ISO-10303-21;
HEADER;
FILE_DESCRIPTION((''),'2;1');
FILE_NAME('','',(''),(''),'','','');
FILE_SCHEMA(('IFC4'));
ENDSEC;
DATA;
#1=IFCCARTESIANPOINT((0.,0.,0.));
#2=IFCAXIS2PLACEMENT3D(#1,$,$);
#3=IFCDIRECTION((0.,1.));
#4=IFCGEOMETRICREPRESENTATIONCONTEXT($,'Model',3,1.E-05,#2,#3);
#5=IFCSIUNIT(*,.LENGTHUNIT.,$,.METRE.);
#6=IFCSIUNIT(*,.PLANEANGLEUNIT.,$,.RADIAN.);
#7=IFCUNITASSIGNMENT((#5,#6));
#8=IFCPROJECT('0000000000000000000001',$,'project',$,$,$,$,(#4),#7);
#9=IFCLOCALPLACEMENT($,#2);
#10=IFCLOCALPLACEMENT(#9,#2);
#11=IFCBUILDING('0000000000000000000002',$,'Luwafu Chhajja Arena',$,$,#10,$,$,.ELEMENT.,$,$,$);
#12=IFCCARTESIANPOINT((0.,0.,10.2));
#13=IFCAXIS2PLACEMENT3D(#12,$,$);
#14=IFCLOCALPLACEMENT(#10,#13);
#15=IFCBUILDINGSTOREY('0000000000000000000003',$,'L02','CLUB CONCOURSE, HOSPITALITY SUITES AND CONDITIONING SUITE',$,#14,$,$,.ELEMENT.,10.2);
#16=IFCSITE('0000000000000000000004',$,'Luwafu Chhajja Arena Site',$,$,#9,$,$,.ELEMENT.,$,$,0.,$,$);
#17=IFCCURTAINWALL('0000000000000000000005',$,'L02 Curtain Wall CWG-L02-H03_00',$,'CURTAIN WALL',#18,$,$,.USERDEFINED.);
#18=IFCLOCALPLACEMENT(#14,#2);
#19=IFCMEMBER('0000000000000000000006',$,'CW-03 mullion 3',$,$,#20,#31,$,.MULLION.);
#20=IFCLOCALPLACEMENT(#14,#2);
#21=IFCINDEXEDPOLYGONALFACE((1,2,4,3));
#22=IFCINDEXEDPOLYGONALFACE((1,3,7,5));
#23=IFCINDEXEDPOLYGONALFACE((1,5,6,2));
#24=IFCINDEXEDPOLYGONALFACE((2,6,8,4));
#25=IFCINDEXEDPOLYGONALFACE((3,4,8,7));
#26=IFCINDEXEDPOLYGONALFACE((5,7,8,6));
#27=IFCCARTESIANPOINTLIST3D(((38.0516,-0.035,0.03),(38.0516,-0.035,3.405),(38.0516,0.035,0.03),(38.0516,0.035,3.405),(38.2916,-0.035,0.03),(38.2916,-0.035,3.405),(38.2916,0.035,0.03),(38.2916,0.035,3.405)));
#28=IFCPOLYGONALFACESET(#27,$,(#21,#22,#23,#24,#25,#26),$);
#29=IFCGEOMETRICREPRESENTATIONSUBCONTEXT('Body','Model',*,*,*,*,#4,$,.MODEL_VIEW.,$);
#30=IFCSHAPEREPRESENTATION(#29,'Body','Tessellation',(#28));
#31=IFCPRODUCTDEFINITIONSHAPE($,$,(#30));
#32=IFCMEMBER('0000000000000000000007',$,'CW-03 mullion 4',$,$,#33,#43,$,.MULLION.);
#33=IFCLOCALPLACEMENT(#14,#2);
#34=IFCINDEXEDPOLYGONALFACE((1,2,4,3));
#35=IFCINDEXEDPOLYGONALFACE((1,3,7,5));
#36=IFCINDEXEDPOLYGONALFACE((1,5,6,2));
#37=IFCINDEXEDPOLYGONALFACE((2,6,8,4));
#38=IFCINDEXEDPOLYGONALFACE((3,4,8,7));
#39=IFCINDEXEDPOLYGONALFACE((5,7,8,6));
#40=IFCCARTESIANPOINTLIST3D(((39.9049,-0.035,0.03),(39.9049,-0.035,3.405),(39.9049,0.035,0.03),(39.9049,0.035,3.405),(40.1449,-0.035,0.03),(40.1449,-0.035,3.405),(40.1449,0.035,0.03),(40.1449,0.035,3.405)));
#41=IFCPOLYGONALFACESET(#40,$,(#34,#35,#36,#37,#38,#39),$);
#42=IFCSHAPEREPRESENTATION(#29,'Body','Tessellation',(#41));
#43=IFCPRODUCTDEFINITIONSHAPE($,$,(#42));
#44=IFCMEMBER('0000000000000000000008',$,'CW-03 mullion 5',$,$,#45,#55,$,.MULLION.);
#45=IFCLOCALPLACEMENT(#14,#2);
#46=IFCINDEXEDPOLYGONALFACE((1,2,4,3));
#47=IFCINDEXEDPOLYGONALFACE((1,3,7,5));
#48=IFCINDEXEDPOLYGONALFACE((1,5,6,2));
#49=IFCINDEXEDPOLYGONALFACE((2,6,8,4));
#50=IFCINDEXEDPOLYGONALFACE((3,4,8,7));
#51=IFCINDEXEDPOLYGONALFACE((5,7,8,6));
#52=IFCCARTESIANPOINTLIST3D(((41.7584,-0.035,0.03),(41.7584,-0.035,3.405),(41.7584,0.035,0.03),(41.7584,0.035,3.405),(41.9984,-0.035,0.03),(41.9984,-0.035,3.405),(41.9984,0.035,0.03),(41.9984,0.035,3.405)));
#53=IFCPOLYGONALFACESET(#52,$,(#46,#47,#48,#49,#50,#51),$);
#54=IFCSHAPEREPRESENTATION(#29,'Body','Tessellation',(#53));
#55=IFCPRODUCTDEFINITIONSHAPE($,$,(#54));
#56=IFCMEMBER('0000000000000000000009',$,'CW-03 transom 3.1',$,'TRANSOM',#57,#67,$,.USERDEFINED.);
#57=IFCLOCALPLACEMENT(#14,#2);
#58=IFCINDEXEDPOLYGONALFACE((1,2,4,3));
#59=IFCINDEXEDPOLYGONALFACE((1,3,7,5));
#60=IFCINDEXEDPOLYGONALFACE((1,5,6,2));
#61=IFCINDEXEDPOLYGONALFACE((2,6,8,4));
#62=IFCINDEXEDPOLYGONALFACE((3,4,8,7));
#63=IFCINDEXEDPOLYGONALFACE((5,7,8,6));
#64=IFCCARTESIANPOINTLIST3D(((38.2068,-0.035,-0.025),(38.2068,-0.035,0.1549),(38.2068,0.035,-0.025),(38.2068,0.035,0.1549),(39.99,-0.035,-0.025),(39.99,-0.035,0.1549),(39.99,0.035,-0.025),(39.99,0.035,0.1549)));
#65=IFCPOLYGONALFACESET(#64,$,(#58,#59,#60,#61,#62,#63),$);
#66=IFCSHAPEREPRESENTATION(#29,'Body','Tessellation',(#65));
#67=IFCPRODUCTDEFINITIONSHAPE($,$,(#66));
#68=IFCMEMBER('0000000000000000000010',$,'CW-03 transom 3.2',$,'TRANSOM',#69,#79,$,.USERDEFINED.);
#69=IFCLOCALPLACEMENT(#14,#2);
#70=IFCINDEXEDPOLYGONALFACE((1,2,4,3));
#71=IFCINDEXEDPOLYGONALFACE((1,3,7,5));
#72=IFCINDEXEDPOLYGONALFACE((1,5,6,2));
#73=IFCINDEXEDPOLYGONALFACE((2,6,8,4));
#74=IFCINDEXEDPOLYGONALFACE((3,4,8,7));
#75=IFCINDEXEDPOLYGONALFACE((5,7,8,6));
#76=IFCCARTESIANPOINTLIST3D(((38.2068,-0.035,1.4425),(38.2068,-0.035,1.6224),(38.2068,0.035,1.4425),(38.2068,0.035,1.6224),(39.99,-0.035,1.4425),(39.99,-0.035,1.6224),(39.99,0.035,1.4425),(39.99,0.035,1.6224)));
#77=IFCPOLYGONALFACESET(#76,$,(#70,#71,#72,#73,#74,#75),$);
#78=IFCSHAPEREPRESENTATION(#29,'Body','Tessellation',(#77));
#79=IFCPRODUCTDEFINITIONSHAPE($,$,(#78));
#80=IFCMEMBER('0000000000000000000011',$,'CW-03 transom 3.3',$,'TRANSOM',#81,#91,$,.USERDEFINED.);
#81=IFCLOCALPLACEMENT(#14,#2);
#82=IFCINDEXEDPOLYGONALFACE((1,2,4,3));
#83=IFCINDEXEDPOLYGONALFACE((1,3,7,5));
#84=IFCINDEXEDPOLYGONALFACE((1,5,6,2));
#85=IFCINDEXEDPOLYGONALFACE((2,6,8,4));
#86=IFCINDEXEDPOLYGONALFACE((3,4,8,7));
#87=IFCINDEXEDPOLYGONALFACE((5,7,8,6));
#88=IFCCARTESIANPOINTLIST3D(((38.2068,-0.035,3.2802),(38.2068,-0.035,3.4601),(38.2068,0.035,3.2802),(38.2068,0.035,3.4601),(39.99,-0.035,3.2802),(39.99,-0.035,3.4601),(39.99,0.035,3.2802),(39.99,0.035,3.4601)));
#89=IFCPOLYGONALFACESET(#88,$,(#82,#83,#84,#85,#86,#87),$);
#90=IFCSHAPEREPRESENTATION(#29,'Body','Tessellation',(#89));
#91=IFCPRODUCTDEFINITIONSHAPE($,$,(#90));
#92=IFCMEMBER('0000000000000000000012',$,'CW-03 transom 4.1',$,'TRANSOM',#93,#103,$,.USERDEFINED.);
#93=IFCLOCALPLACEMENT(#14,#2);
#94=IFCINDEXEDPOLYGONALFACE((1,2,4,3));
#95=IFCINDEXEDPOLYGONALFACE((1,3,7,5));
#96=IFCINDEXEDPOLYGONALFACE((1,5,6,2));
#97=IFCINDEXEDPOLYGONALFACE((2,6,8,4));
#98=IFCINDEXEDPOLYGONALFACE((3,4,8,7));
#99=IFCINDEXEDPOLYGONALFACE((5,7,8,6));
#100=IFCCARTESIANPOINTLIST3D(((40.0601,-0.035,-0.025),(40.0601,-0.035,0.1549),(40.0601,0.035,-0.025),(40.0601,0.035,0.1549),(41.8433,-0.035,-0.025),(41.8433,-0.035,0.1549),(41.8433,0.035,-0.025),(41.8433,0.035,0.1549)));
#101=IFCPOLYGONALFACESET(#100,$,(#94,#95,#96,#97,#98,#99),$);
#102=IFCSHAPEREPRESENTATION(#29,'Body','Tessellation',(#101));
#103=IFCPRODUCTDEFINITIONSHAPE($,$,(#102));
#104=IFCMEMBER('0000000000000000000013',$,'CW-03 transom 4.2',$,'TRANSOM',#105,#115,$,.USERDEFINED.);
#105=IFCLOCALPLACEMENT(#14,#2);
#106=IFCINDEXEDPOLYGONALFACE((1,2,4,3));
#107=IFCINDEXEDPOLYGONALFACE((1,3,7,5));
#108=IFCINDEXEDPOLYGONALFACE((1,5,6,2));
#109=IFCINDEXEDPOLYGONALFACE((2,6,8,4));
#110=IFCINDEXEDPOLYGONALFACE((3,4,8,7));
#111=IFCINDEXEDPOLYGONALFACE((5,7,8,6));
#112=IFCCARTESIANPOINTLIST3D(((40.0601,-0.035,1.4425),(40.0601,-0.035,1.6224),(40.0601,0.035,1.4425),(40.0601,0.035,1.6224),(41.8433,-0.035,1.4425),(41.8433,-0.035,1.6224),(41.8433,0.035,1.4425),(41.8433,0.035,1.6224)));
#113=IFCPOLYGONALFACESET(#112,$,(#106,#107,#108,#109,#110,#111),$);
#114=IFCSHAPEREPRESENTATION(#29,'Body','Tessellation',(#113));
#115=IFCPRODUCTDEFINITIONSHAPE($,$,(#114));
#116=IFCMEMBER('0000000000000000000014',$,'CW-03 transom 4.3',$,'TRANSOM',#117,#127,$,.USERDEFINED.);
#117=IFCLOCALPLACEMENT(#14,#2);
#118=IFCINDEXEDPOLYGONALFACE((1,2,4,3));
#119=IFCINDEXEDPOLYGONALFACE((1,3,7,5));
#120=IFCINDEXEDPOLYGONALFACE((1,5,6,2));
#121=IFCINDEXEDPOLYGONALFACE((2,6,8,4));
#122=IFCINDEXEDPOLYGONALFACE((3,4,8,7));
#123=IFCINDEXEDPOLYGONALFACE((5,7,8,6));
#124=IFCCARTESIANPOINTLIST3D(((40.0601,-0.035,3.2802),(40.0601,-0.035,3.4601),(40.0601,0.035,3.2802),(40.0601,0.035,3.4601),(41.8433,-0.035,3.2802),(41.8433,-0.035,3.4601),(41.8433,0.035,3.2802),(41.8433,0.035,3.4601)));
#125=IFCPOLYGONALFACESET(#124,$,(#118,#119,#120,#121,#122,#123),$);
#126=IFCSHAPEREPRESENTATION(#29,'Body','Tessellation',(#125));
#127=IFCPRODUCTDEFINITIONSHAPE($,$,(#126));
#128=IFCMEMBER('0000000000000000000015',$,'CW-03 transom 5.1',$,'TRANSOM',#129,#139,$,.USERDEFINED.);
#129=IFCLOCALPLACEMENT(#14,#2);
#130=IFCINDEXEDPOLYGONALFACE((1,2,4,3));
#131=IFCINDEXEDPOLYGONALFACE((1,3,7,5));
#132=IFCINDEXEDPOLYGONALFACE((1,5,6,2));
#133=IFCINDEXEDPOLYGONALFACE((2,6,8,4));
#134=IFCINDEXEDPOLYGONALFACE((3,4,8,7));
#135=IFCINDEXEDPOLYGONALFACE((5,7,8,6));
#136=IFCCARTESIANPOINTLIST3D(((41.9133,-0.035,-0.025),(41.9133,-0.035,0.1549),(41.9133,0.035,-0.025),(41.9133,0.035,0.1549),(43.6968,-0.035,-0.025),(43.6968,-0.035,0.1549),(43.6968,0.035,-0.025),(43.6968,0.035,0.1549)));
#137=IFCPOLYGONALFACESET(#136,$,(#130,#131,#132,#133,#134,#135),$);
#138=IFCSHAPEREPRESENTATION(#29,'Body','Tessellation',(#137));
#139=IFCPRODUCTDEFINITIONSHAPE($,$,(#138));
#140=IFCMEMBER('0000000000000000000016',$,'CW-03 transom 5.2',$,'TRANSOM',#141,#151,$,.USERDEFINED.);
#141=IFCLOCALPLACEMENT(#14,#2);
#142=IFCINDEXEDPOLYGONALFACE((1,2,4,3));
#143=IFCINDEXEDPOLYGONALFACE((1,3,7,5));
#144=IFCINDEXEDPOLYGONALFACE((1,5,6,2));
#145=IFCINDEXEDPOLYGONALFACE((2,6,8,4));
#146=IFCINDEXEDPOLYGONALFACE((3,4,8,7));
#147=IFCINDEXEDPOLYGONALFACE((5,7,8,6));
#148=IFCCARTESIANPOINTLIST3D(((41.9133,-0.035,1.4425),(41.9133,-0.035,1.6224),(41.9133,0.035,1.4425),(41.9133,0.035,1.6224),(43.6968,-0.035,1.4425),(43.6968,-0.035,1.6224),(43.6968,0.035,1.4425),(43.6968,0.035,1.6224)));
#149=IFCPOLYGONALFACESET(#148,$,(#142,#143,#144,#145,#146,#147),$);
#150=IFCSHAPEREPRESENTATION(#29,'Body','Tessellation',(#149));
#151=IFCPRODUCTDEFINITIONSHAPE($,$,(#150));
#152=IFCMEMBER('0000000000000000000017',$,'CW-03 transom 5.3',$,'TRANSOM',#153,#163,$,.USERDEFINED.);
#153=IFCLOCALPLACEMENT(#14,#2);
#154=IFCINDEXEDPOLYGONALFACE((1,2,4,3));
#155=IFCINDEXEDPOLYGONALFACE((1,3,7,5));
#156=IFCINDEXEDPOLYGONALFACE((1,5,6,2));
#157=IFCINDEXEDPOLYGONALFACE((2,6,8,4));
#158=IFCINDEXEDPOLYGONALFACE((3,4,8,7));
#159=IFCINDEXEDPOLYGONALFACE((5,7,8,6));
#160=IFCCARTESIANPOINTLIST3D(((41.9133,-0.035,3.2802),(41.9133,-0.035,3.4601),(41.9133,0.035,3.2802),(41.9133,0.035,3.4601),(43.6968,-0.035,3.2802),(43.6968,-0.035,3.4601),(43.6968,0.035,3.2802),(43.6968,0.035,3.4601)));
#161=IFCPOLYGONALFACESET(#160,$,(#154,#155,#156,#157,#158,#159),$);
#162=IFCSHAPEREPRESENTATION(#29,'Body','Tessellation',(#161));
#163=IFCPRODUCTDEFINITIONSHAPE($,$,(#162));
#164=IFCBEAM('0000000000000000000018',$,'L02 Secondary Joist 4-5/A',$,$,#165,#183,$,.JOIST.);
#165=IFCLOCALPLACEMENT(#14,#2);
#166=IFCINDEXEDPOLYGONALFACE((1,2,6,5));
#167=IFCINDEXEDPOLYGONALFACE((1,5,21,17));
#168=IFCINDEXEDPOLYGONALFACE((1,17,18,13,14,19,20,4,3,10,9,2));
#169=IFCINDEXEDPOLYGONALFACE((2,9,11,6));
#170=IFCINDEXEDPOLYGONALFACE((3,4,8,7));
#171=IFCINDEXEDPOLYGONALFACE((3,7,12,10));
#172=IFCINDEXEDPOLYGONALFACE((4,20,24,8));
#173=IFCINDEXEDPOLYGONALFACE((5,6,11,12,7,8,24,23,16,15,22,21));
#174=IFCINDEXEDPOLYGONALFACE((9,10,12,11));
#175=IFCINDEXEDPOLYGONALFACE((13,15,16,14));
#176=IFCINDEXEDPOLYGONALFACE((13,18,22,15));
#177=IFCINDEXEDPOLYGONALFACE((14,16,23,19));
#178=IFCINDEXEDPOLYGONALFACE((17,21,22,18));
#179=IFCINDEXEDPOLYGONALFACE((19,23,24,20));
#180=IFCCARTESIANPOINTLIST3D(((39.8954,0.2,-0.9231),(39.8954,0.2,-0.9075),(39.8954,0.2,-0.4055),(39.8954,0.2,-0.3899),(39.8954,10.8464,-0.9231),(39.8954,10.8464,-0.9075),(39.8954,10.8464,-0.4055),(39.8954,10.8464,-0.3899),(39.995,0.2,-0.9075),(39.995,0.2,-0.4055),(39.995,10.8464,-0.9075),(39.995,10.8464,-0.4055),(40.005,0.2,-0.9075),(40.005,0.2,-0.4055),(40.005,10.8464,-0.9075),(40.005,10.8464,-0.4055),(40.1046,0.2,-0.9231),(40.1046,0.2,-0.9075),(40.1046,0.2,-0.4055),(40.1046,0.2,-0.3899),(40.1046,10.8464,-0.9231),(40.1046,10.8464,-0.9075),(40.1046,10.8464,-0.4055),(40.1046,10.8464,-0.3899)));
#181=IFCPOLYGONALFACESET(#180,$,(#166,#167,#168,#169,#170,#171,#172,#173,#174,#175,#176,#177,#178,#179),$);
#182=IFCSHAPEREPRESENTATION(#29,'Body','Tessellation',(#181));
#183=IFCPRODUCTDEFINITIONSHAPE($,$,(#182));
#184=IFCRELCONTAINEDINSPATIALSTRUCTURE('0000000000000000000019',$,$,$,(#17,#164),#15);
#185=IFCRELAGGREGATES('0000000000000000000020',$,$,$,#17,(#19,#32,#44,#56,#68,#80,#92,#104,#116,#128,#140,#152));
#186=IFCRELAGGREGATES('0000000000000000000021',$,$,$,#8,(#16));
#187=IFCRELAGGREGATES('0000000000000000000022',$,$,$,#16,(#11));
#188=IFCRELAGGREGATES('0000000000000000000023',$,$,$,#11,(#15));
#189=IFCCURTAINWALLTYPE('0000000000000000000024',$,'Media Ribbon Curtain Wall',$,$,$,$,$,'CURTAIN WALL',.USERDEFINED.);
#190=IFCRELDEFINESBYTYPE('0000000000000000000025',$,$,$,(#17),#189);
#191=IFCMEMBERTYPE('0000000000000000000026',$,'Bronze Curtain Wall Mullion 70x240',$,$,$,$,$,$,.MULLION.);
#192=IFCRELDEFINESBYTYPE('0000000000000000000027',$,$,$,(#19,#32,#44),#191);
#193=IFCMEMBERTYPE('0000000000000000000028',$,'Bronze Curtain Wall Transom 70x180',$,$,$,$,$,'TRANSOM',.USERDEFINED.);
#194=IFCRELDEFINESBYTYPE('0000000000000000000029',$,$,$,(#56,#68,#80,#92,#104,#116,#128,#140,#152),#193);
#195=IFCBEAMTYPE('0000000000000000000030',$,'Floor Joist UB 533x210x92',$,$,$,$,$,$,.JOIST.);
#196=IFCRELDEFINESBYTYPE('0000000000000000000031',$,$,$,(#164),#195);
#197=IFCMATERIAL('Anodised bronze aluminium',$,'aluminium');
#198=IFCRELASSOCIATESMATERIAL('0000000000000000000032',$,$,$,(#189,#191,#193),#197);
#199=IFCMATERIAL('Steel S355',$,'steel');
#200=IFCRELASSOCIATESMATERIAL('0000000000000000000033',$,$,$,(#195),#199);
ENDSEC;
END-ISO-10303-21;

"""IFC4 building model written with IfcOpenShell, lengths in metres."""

from ifc_helpers import new_model, si_unit, direction, frame, origin, origin_2d, place, context, subcontext, project, spatial, rectangle, i_section, extrude, material, material_profile, profile_set, type_object, element, aggregate, save


model = new_model("IFC4")

# Units and contexts
model_context = context("Model", 3, precision=1e-05, world=origin(), true_north=direction((0.0, 1.0)))
body_context = subcontext(model_context, "Body", "Model", "MODEL_VIEW")
ifc_project = project(units=[si_unit("LENGTHUNIT", "METRE"), si_unit("PLANEANGLEUNIT", "RADIAN")], contexts=[model_context])

# Site, building, storey
site_placement = place(None, origin())
site = spatial("IfcSite", under=ifc_project, at=site_placement, Name="Luwafu Chhajja Arena Site", CompositionType="ELEMENT", RefElevation=0.0)
building_placement = place(site_placement, origin())
building = spatial("IfcBuilding", under=site, at=building_placement, Name="Luwafu Chhajja Arena", CompositionType="ELEMENT")
storey_placement = place(building_placement, frame((0.0, 0.0, 10.2)))
storey = spatial("IfcBuildingStorey", under=building, at=storey_placement, Name="L02", Description="CLUB CONCOURSE, HOSPITALITY SUITES AND CONDITIONING SUITE", CompositionType="ELEMENT", Elevation=10.2)

# Curtain wall, members
ifc_material_1 = material(Name="Anodised bronze aluminium", Category="aluminium")
curtain_wall_type = type_object("IfcCurtainWallType", Name="Media Ribbon Curtain Wall", ElementType="CURTAIN WALL", PredefinedType="USERDEFINED", material=ifc_material_1)
curtain_wall_placement = place(storey_placement, origin())
curtain_wall = element("IfcCurtainWall", 1, at=curtain_wall_placement, inside=storey, type_object=curtain_wall_type, Name="L02 Curtain Wall CWG-L02-H03_00", ObjectType="CURTAIN WALL", PredefinedType="USERDEFINED")
ifc_material_profile_1 = material_profile(ifc_material_1, rectangle(XDim=0.0701, YDim=0.24, at=origin_2d()), Name="CWM 70x240")
ifc_profile_set_1 = profile_set([ifc_material_profile_1], Name="Anodised bronze aluminium")
member_type_1 = type_object("IfcMemberType", Name="Bronze Curtain Wall Mullion 70x240", PredefinedType="MULLION", material=ifc_profile_set_1)
member_1_placement = place(storey_placement, frame((38.1716, 0.0, 0.03), z_axis=(0.0, 0.0, 1.0), x_axis=(0.0, 1.0, 0.0)))
member_1 = element("IfcMember", 2, at=member_1_placement, type_object=member_type_1, Name="CW-03 mullion 3", PredefinedType="MULLION", context=body_context, shape_type="SweptSolid", body=[
    extrude(rectangle(XDim=0.0701, YDim=0.24, at=origin_2d()), origin(), (0.0, 0.0, 1.0), 3.375),
])
member_2_placement = place(storey_placement, frame((40.0249, 0.0, 0.03), z_axis=(0.0, 0.0, 1.0), x_axis=(0.0, 1.0, 0.0)))
member_2 = element("IfcMember", 3, at=member_2_placement, type_object=member_type_1, Name="CW-03 mullion 4", PredefinedType="MULLION", context=body_context, shape_type="SweptSolid", body=[
    extrude(rectangle(XDim=0.0701, YDim=0.24, at=origin_2d()), origin(), (0.0, 0.0, 1.0), 3.375),
])
member_3_placement = place(storey_placement, frame((41.8784, 0.0, 0.03), z_axis=(0.0, 0.0, 1.0), x_axis=(0.0, 1.0, 0.0)))
member_3 = element("IfcMember", 4, at=member_3_placement, type_object=member_type_1, Name="CW-03 mullion 5", PredefinedType="MULLION", context=body_context, shape_type="SweptSolid", body=[
    extrude(rectangle(XDim=0.0701, YDim=0.24, at=origin_2d()), origin(), (0.0, 0.0, 1.0), 3.375),
])
ifc_material_profile_2 = material_profile(ifc_material_1, rectangle(XDim=0.0701, YDim=0.1799, at=origin_2d()), Name="CWT 70x180")
ifc_profile_set_2 = profile_set([ifc_material_profile_2], Name="Anodised bronze aluminium")
member_type_2 = type_object("IfcMemberType", Name="Bronze Curtain Wall Transom 70x180", ElementType="TRANSOM", PredefinedType="USERDEFINED", material=ifc_profile_set_2)
member_4_placement = place(storey_placement, frame((38.2068, 0.0, 0.0649), z_axis=(1.0, 0.0, 0.0), x_axis=(0.0, 1.0, 0.0)))
member_4 = element("IfcMember", 5, at=member_4_placement, type_object=member_type_2, Name="CW-03 transom 3.1", ObjectType="TRANSOM", PredefinedType="USERDEFINED", context=body_context, shape_type="SweptSolid", body=[
    extrude(rectangle(XDim=0.0701, YDim=0.1799, at=origin_2d()), origin(), (0.0, 0.0, 1.0), 1.7832),
])
member_5_placement = place(storey_placement, frame((38.2068, 0.0, 1.5325), z_axis=(1.0, 0.0, 0.0), x_axis=(0.0, 1.0, 0.0)))
member_5 = element("IfcMember", 6, at=member_5_placement, type_object=member_type_2, Name="CW-03 transom 3.2", ObjectType="TRANSOM", PredefinedType="USERDEFINED", context=body_context, shape_type="SweptSolid", body=[
    extrude(rectangle(XDim=0.0701, YDim=0.1799, at=origin_2d()), origin(), (0.0, 0.0, 1.0), 1.7832),
])
member_6_placement = place(storey_placement, frame((38.2068, 0.0, 3.3701), z_axis=(1.0, 0.0, 0.0), x_axis=(0.0, 1.0, 0.0)))
member_6 = element("IfcMember", 7, at=member_6_placement, type_object=member_type_2, Name="CW-03 transom 3.3", ObjectType="TRANSOM", PredefinedType="USERDEFINED", context=body_context, shape_type="SweptSolid", body=[
    extrude(rectangle(XDim=0.0701, YDim=0.1799, at=origin_2d()), origin(), (0.0, 0.0, 1.0), 1.7832),
])
member_7_placement = place(storey_placement, frame((40.0601, 0.0, 0.0649), z_axis=(1.0, 0.0, 0.0), x_axis=(0.0, 1.0, 0.0)))
member_7 = element("IfcMember", 8, at=member_7_placement, type_object=member_type_2, Name="CW-03 transom 4.1", ObjectType="TRANSOM", PredefinedType="USERDEFINED", context=body_context, shape_type="SweptSolid", body=[
    extrude(rectangle(XDim=0.0701, YDim=0.1799, at=origin_2d()), origin(), (0.0, 0.0, 1.0), 1.7832),
])
member_8_placement = place(storey_placement, frame((40.0601, 0.0, 1.5325), z_axis=(1.0, 0.0, 0.0), x_axis=(0.0, 1.0, 0.0)))
member_8 = element("IfcMember", 9, at=member_8_placement, type_object=member_type_2, Name="CW-03 transom 4.2", ObjectType="TRANSOM", PredefinedType="USERDEFINED", context=body_context, shape_type="SweptSolid", body=[
    extrude(rectangle(XDim=0.0701, YDim=0.1799, at=origin_2d()), origin(), (0.0, 0.0, 1.0), 1.7832),
])
member_9_placement = place(storey_placement, frame((40.0601, 0.0, 3.3701), z_axis=(1.0, 0.0, 0.0), x_axis=(0.0, 1.0, 0.0)))
member_9 = element("IfcMember", 10, at=member_9_placement, type_object=member_type_2, Name="CW-03 transom 4.3", ObjectType="TRANSOM", PredefinedType="USERDEFINED", context=body_context, shape_type="SweptSolid", body=[
    extrude(rectangle(XDim=0.0701, YDim=0.1799, at=origin_2d()), origin(), (0.0, 0.0, 1.0), 1.7832),
])
member_10_placement = place(storey_placement, frame((41.9133, 0.0, 0.0649), z_axis=(1.0, 0.0, 0.0), x_axis=(0.0, 1.0, 0.0)))
member_10 = element("IfcMember", 11, at=member_10_placement, type_object=member_type_2, Name="CW-03 transom 5.1", ObjectType="TRANSOM", PredefinedType="USERDEFINED", context=body_context, shape_type="SweptSolid", body=[
    extrude(rectangle(XDim=0.0701, YDim=0.1799, at=origin_2d()), origin(), (0.0, 0.0, 1.0), 1.7834),
])
member_11_placement = place(storey_placement, frame((41.9133, 0.0, 1.5325), z_axis=(1.0, 0.0, 0.0), x_axis=(0.0, 1.0, 0.0)))
member_11 = element("IfcMember", 12, at=member_11_placement, type_object=member_type_2, Name="CW-03 transom 5.2", ObjectType="TRANSOM", PredefinedType="USERDEFINED", context=body_context, shape_type="SweptSolid", body=[
    extrude(rectangle(XDim=0.0701, YDim=0.1799, at=origin_2d()), origin(), (0.0, 0.0, 1.0), 1.7834),
])
member_12_placement = place(storey_placement, frame((41.9133, 0.0, 3.3701), z_axis=(1.0, 0.0, 0.0), x_axis=(0.0, 1.0, 0.0)))
member_12 = element("IfcMember", 13, at=member_12_placement, type_object=member_type_2, Name="CW-03 transom 5.3", ObjectType="TRANSOM", PredefinedType="USERDEFINED", context=body_context, shape_type="SweptSolid", body=[
    extrude(rectangle(XDim=0.0701, YDim=0.1799, at=origin_2d()), origin(), (0.0, 0.0, 1.0), 1.7834),
])

# Beam
ifc_material_2 = material(Name="Steel S355", Category="steel")
ifc_material_profile_3 = material_profile(ifc_material_2, i_section(OverallWidth=0.2092, OverallDepth=0.5332, WebThickness=0.01, FlangeThickness=0.0156, at=origin_2d()), Name="UB 533x210x92")
ifc_profile_set_3 = profile_set([ifc_material_profile_3], Name="Steel S355")
beam_type = type_object("IfcBeamType", Name="Floor Joist UB 533x210x92", PredefinedType="JOIST", material=ifc_profile_set_3)
beam_placement = place(storey_placement, frame((40.0, 0.2, -0.6565), z_axis=(0.0, 1.0, 0.0), x_axis=(-1.0, 0.0, 0.0)))
element("IfcBeam", 14, at=beam_placement, inside=storey, type_object=beam_type, Name="L02 Secondary Joist 4-5/A", PredefinedType="JOIST", context=body_context, shape_type="SweptSolid", body=[
    extrude(i_section(OverallWidth=0.2092, OverallDepth=0.5332, WebThickness=0.01, FlangeThickness=0.0156, at=origin_2d()), origin(), (0.0, 0.0, 1.0), 10.6465),
])

aggregate(curtain_wall, [member_1, member_2, member_3, member_4, member_5, member_6, member_7, member_8, member_9, member_10, member_11, member_12])

save(model, "model.ifc")
